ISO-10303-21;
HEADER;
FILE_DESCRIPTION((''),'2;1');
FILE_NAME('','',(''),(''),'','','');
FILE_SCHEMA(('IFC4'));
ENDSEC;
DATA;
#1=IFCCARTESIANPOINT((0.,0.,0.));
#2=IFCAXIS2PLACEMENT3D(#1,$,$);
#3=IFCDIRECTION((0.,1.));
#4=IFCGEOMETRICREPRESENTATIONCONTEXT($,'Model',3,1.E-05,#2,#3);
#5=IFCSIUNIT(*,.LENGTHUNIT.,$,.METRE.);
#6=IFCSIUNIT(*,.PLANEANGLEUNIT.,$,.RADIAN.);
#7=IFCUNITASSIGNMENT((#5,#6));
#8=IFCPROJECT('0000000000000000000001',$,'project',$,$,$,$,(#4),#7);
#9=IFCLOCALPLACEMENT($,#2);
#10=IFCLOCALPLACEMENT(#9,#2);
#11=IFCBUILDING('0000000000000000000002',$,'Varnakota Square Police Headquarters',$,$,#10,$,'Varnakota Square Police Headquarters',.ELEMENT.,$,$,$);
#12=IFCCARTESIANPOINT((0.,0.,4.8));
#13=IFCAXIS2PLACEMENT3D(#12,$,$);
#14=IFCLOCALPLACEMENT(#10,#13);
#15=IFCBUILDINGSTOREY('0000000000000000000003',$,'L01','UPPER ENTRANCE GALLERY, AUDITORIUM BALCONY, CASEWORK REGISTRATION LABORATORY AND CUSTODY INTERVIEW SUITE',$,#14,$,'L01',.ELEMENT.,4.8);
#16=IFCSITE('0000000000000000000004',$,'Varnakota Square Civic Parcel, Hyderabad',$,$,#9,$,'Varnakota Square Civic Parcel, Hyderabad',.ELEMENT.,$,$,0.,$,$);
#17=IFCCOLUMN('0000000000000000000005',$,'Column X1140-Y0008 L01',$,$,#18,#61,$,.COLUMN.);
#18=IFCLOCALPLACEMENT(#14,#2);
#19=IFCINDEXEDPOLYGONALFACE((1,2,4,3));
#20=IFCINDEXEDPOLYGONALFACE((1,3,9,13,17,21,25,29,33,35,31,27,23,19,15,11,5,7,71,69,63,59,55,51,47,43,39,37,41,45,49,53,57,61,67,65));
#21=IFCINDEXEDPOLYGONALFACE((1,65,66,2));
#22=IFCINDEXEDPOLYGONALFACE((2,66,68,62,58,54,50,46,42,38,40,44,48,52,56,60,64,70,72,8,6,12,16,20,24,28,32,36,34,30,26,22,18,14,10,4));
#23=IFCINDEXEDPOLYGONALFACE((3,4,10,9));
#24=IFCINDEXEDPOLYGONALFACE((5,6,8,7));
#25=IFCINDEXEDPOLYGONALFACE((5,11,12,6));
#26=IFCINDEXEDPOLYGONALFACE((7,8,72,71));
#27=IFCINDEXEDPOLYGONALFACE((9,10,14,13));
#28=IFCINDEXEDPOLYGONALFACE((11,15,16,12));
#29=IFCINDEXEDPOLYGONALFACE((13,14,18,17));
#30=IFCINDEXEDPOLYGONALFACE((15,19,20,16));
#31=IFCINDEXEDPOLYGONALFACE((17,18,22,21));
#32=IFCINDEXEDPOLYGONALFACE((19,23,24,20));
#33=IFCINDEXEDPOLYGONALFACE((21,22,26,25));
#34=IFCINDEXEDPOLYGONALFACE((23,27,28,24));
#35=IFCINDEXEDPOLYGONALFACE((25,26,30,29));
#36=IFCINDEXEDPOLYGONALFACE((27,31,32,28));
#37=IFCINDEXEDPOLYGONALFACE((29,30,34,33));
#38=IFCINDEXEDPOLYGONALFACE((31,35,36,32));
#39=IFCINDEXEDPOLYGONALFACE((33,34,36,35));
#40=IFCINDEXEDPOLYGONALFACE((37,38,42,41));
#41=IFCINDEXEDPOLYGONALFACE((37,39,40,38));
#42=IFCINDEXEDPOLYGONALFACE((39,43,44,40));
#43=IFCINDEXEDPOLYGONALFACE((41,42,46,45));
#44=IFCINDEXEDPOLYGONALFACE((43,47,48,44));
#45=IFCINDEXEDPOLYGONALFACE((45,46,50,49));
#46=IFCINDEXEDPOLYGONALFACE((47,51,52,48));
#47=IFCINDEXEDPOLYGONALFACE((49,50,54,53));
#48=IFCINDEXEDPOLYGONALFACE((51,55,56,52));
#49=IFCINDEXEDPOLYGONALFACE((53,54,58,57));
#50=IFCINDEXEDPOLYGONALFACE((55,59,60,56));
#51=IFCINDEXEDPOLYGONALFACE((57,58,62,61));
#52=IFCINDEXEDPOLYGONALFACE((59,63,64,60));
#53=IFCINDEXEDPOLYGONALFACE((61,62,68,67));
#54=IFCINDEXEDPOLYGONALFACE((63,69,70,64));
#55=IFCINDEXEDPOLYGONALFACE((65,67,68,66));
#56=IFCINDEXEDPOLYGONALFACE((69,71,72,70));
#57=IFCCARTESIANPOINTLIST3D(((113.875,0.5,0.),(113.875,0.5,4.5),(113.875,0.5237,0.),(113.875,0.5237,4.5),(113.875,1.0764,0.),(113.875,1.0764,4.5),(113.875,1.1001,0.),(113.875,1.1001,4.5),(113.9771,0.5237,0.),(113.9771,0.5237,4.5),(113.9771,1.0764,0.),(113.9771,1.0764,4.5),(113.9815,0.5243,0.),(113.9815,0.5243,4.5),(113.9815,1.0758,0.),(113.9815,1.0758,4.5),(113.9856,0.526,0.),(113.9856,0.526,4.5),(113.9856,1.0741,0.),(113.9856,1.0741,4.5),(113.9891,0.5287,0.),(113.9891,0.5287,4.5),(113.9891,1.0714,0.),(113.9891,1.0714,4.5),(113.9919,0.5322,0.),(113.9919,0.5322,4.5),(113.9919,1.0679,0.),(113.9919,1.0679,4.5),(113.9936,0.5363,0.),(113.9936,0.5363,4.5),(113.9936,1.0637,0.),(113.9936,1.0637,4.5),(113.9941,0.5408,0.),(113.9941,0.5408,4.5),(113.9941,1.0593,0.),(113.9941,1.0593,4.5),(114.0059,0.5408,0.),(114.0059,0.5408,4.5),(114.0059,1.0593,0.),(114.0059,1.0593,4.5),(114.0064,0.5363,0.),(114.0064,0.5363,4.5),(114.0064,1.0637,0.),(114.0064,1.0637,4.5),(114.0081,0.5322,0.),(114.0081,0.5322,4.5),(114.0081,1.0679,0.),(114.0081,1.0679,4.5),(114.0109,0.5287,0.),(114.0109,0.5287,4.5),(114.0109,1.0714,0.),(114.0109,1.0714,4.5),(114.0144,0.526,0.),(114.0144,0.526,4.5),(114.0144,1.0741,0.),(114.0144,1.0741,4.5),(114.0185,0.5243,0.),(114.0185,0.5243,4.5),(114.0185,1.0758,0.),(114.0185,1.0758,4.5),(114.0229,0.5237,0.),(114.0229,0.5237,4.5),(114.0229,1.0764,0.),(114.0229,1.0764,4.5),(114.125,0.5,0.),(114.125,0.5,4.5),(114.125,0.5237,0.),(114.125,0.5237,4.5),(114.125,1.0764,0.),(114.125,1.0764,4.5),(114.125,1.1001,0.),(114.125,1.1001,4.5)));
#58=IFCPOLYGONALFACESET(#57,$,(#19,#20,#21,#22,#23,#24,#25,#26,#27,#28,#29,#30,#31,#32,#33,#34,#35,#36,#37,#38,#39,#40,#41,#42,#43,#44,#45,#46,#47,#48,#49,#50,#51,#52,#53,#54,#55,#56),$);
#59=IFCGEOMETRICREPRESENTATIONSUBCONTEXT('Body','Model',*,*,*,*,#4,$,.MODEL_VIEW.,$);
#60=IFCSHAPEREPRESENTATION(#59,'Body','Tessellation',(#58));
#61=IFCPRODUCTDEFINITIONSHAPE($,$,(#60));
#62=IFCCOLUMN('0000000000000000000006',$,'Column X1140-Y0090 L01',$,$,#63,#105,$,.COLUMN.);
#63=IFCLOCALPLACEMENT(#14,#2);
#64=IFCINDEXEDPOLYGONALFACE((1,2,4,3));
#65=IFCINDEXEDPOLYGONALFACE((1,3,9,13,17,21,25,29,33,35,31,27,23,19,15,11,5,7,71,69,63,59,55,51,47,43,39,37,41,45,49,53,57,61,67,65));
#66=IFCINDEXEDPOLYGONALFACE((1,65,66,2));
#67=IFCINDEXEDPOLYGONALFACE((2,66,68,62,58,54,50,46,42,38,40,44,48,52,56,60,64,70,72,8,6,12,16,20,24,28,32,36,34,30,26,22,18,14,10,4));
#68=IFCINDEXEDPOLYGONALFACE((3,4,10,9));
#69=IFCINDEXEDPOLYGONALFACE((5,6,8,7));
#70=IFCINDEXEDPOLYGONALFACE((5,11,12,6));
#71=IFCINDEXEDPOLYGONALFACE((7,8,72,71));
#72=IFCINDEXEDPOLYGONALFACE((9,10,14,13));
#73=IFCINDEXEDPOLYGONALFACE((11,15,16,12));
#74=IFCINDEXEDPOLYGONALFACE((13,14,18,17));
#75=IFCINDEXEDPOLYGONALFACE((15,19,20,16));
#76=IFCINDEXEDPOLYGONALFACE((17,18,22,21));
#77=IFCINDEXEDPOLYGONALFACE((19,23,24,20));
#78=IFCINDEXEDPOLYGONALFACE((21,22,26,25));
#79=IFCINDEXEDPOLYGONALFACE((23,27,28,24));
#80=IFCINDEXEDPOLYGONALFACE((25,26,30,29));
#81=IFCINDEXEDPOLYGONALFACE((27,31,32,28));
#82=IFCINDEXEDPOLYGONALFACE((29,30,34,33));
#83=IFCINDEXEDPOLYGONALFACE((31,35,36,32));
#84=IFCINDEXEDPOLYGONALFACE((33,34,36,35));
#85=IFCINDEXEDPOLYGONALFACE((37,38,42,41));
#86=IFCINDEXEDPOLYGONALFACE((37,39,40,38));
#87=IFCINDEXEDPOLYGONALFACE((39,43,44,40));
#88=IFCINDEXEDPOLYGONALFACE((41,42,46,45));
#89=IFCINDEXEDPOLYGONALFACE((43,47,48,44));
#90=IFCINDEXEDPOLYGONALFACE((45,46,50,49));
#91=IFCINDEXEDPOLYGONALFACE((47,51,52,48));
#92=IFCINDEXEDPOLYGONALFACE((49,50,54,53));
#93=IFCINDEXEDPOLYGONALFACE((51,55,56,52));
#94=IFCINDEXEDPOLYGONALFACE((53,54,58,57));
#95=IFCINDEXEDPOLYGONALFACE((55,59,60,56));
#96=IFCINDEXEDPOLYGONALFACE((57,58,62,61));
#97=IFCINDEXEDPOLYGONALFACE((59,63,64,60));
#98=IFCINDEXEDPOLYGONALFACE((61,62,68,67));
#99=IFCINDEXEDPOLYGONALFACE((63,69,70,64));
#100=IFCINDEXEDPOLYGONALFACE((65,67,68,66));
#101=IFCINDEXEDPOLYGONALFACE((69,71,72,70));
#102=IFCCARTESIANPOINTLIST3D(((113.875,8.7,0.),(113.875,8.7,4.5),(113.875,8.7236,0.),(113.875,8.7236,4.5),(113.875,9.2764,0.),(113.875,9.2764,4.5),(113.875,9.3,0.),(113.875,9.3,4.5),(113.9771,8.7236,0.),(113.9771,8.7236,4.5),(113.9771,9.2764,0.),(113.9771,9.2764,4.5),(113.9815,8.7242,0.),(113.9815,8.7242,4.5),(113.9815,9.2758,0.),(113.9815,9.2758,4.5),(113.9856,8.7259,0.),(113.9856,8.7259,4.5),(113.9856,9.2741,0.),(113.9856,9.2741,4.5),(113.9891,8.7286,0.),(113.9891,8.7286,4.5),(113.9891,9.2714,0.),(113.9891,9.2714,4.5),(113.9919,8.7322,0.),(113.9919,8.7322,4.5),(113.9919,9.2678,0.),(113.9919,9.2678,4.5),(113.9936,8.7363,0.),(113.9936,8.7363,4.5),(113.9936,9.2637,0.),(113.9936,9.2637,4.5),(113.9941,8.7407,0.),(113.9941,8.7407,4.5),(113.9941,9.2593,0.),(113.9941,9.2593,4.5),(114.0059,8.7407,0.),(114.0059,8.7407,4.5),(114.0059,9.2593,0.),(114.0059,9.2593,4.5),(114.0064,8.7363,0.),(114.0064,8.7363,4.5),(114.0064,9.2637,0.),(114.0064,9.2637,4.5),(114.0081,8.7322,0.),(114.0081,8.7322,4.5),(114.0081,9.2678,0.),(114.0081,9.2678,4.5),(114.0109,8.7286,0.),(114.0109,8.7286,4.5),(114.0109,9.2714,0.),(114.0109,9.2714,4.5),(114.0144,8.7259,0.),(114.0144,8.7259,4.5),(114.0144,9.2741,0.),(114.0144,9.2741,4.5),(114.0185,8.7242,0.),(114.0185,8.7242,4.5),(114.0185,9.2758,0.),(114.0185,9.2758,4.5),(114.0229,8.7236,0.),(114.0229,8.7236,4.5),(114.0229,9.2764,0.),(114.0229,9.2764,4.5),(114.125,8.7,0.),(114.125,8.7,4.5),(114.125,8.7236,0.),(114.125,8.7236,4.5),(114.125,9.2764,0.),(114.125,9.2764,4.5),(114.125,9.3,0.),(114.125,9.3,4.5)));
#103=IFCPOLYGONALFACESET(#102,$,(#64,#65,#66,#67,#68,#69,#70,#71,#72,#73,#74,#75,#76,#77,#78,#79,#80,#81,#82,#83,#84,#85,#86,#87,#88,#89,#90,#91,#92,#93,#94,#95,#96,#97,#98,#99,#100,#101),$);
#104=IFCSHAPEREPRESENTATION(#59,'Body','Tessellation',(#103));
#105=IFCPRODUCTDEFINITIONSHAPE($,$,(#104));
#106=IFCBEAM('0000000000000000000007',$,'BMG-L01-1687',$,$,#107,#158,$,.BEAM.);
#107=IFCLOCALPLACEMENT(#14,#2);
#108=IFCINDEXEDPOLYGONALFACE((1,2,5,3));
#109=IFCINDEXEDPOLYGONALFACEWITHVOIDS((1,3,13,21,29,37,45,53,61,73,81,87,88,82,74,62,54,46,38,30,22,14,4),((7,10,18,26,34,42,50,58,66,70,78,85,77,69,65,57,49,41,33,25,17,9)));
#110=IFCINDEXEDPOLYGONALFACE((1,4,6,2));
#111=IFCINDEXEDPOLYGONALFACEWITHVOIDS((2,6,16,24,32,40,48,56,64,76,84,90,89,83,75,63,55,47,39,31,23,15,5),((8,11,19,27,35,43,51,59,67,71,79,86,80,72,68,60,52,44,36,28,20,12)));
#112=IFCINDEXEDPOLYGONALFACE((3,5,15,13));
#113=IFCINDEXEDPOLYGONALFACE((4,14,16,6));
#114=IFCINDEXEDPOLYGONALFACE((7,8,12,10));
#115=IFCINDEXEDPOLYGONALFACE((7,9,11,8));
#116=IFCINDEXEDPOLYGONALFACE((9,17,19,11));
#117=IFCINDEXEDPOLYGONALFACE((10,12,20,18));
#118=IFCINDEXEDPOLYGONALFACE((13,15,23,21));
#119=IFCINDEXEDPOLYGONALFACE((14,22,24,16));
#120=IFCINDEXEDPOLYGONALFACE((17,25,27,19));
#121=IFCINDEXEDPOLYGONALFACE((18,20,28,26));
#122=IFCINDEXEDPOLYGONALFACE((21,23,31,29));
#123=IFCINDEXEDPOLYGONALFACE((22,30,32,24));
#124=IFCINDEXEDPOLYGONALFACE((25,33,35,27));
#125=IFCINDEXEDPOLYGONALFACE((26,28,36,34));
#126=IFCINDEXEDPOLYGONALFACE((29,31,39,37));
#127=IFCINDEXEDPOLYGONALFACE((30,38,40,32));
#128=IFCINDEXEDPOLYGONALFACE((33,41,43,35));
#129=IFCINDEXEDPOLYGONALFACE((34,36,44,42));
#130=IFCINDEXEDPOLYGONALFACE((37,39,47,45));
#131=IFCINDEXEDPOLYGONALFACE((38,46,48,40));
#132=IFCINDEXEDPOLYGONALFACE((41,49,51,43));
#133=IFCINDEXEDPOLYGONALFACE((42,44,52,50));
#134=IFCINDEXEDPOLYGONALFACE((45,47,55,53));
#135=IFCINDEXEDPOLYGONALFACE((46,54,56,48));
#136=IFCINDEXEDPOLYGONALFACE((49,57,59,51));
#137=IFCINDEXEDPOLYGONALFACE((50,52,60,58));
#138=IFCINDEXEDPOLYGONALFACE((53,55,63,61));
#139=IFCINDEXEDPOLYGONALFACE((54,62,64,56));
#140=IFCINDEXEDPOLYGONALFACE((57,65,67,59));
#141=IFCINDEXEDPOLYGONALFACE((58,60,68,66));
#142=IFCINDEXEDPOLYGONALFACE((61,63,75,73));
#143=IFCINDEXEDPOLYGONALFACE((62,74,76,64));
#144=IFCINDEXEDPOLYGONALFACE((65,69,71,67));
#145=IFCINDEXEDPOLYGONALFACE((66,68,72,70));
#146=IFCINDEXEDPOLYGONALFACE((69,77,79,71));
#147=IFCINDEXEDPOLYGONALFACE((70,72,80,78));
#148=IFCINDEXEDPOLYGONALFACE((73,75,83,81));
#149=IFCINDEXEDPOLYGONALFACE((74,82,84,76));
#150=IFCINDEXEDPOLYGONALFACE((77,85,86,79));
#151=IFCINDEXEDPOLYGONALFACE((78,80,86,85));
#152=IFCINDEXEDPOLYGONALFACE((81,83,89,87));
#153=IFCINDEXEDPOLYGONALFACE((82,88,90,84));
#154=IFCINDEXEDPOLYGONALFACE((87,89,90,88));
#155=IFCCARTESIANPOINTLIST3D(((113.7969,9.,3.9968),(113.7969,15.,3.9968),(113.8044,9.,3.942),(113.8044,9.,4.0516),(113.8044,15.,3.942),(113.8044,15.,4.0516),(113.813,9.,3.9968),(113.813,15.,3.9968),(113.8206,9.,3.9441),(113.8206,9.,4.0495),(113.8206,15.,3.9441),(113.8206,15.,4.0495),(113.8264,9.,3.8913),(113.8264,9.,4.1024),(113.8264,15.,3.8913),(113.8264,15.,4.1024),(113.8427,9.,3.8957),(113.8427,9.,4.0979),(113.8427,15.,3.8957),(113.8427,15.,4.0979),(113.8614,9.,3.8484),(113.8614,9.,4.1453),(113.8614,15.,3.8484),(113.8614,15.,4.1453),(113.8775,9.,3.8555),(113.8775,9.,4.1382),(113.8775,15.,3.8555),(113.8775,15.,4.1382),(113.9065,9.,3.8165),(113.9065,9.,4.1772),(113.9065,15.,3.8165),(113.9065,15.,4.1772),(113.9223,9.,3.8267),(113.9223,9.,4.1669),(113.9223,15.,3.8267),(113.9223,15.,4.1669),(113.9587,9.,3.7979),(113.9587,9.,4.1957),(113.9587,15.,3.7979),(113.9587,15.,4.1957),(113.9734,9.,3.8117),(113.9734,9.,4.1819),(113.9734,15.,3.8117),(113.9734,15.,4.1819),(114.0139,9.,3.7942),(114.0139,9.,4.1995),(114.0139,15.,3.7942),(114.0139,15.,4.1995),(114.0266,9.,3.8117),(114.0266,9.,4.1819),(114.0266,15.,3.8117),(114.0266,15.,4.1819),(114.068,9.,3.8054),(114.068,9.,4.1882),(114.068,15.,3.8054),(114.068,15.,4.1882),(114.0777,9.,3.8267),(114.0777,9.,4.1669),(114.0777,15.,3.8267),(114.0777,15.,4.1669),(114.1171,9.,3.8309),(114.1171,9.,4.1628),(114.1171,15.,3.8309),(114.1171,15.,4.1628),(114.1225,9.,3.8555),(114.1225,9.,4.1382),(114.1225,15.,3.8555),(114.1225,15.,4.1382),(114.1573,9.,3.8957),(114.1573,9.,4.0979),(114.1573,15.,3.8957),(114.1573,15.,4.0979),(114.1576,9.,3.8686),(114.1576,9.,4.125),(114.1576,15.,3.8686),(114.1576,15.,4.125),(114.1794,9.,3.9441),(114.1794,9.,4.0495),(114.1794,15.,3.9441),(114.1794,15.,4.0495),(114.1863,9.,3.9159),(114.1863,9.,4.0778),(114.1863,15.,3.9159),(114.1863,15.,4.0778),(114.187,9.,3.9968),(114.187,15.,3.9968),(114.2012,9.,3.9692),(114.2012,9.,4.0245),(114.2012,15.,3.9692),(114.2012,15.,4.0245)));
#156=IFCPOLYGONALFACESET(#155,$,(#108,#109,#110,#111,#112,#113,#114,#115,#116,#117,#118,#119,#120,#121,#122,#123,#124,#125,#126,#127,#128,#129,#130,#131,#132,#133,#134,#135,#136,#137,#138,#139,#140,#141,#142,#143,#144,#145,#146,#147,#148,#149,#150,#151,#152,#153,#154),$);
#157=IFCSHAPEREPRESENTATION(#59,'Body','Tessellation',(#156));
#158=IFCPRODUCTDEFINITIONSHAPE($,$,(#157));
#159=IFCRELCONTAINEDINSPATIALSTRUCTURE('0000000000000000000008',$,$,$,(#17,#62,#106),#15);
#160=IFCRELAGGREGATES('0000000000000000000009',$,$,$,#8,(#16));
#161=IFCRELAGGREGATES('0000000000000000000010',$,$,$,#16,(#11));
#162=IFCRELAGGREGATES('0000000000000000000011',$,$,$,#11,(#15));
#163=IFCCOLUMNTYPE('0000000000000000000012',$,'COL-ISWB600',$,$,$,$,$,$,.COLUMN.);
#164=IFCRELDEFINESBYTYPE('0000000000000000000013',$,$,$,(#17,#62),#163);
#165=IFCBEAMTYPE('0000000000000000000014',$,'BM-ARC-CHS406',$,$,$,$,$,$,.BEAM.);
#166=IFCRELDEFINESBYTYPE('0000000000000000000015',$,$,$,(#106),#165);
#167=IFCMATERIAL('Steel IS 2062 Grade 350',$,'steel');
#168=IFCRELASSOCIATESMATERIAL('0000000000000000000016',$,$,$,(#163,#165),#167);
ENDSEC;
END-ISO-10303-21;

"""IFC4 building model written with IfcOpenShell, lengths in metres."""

from ifc_helpers import new_model, si_unit, direction, frame, origin, origin_2d, place, context, subcontext, project, spatial, hollow_circle, i_section, extrude, material, material_profile, profile_set, type_object, element, save


model = new_model("IFC4")

# Units and contexts
model_context = context("Model", 3, precision=1e-05, world=origin(), true_north=direction((0.0, 1.0)))
body_context = subcontext(model_context, "Body", "Model", "MODEL_VIEW")
ifc_project = project(units=[si_unit("LENGTHUNIT", "METRE"), si_unit("PLANEANGLEUNIT", "RADIAN")], contexts=[model_context])

# Site, building, storey
site_placement = place(None, origin())
site = spatial("IfcSite", under=ifc_project, at=site_placement, Name="Varnakota Square Civic Parcel, Hyderabad", LongName="Varnakota Square Civic Parcel, Hyderabad", CompositionType="ELEMENT", RefElevation=0.0)
building_placement = place(site_placement, origin())
building = spatial("IfcBuilding", under=site, at=building_placement, Name="Varnakota Square Police Headquarters", LongName="Varnakota Square Police Headquarters", CompositionType="ELEMENT")
storey_placement = place(building_placement, frame((0.0, 0.0, 4.8)))
storey = spatial("IfcBuildingStorey", under=building, at=storey_placement, Name="L01", Description="UPPER ENTRANCE GALLERY, AUDITORIUM BALCONY, CASEWORK REGISTRATION LABORATORY AND CUSTODY INTERVIEW SUITE", LongName="L01", CompositionType="ELEMENT", Elevation=4.8)

# Columns
ifc_material_1 = material(Name="Steel IS 2062 Grade 350", Category="steel")
ifc_material_profile_1 = material_profile(ifc_material_1, i_section(OverallWidth=0.25, OverallDepth=0.6001, WebThickness=0.0117, FlangeThickness=0.0237, FilletRadius=0.0171, at=origin_2d()), Name="ISWB 600")
ifc_profile_set_1 = profile_set([ifc_material_profile_1], Name="Steel IS 2062 Grade 350")
column_type = type_object("IfcColumnType", Name="COL-ISWB600", PredefinedType="COLUMN", material=ifc_profile_set_1)
for number, where, z_axis, x_axis, name in (
    (1, (114.0, 0.8, 0.0), (0.0, 0.0, 1.0), (1.0, 0.0, 0.0), "Column X1140-Y0008 L01"),
    (2, (114.0, 9.0, 0.0), (0.0, 0.0, 1.0), (1.0, 0.0, 0.0), "Column X1140-Y0090 L01"),
):
    element("IfcColumn", number, at=place(storey_placement, frame(where, z_axis=z_axis, x_axis=x_axis)), inside=storey, type_object=column_type, Name=name, PredefinedType="COLUMN", context=body_context, shape_type="SweptSolid", body=[
        extrude(i_section(OverallWidth=0.25, OverallDepth=0.6001, WebThickness=0.0117, FlangeThickness=0.0237, FilletRadius=0.0171, at=origin_2d()), origin(), (0.0, 0.0, 1.0), 4.5),
    ])

# Beam
ifc_material_profile_2 = material_profile(ifc_material_1, hollow_circle(Radius=0.2031, WallThickness=0.0161, at=origin_2d()), Name="CHS 406.4x16.0")
ifc_profile_set_2 = profile_set([ifc_material_profile_2], Name="Steel IS 2062 Grade 350")
beam_type_1 = type_object("IfcBeamType", Name="BM-ARC-CHS406", PredefinedType="BEAM", material=ifc_profile_set_2)
beam_1_placement = place(storey_placement, frame((114.0, 9.0, 3.9968), z_axis=(0.0, 1.0, 0.0), x_axis=(-1.0, 0.0, 0.0)))
element("IfcBeam", 3, at=beam_1_placement, inside=storey, type_object=beam_type_1, Name="BMG-L01-1687", PredefinedType="BEAM", context=body_context, shape_type="SweptSolid", body=[
    extrude(hollow_circle(Radius=0.2031, WallThickness=0.0161, at=origin_2d()), origin(), (0.0, 0.0, 1.0), 6.0),
])

save(model, "model.ifc")
